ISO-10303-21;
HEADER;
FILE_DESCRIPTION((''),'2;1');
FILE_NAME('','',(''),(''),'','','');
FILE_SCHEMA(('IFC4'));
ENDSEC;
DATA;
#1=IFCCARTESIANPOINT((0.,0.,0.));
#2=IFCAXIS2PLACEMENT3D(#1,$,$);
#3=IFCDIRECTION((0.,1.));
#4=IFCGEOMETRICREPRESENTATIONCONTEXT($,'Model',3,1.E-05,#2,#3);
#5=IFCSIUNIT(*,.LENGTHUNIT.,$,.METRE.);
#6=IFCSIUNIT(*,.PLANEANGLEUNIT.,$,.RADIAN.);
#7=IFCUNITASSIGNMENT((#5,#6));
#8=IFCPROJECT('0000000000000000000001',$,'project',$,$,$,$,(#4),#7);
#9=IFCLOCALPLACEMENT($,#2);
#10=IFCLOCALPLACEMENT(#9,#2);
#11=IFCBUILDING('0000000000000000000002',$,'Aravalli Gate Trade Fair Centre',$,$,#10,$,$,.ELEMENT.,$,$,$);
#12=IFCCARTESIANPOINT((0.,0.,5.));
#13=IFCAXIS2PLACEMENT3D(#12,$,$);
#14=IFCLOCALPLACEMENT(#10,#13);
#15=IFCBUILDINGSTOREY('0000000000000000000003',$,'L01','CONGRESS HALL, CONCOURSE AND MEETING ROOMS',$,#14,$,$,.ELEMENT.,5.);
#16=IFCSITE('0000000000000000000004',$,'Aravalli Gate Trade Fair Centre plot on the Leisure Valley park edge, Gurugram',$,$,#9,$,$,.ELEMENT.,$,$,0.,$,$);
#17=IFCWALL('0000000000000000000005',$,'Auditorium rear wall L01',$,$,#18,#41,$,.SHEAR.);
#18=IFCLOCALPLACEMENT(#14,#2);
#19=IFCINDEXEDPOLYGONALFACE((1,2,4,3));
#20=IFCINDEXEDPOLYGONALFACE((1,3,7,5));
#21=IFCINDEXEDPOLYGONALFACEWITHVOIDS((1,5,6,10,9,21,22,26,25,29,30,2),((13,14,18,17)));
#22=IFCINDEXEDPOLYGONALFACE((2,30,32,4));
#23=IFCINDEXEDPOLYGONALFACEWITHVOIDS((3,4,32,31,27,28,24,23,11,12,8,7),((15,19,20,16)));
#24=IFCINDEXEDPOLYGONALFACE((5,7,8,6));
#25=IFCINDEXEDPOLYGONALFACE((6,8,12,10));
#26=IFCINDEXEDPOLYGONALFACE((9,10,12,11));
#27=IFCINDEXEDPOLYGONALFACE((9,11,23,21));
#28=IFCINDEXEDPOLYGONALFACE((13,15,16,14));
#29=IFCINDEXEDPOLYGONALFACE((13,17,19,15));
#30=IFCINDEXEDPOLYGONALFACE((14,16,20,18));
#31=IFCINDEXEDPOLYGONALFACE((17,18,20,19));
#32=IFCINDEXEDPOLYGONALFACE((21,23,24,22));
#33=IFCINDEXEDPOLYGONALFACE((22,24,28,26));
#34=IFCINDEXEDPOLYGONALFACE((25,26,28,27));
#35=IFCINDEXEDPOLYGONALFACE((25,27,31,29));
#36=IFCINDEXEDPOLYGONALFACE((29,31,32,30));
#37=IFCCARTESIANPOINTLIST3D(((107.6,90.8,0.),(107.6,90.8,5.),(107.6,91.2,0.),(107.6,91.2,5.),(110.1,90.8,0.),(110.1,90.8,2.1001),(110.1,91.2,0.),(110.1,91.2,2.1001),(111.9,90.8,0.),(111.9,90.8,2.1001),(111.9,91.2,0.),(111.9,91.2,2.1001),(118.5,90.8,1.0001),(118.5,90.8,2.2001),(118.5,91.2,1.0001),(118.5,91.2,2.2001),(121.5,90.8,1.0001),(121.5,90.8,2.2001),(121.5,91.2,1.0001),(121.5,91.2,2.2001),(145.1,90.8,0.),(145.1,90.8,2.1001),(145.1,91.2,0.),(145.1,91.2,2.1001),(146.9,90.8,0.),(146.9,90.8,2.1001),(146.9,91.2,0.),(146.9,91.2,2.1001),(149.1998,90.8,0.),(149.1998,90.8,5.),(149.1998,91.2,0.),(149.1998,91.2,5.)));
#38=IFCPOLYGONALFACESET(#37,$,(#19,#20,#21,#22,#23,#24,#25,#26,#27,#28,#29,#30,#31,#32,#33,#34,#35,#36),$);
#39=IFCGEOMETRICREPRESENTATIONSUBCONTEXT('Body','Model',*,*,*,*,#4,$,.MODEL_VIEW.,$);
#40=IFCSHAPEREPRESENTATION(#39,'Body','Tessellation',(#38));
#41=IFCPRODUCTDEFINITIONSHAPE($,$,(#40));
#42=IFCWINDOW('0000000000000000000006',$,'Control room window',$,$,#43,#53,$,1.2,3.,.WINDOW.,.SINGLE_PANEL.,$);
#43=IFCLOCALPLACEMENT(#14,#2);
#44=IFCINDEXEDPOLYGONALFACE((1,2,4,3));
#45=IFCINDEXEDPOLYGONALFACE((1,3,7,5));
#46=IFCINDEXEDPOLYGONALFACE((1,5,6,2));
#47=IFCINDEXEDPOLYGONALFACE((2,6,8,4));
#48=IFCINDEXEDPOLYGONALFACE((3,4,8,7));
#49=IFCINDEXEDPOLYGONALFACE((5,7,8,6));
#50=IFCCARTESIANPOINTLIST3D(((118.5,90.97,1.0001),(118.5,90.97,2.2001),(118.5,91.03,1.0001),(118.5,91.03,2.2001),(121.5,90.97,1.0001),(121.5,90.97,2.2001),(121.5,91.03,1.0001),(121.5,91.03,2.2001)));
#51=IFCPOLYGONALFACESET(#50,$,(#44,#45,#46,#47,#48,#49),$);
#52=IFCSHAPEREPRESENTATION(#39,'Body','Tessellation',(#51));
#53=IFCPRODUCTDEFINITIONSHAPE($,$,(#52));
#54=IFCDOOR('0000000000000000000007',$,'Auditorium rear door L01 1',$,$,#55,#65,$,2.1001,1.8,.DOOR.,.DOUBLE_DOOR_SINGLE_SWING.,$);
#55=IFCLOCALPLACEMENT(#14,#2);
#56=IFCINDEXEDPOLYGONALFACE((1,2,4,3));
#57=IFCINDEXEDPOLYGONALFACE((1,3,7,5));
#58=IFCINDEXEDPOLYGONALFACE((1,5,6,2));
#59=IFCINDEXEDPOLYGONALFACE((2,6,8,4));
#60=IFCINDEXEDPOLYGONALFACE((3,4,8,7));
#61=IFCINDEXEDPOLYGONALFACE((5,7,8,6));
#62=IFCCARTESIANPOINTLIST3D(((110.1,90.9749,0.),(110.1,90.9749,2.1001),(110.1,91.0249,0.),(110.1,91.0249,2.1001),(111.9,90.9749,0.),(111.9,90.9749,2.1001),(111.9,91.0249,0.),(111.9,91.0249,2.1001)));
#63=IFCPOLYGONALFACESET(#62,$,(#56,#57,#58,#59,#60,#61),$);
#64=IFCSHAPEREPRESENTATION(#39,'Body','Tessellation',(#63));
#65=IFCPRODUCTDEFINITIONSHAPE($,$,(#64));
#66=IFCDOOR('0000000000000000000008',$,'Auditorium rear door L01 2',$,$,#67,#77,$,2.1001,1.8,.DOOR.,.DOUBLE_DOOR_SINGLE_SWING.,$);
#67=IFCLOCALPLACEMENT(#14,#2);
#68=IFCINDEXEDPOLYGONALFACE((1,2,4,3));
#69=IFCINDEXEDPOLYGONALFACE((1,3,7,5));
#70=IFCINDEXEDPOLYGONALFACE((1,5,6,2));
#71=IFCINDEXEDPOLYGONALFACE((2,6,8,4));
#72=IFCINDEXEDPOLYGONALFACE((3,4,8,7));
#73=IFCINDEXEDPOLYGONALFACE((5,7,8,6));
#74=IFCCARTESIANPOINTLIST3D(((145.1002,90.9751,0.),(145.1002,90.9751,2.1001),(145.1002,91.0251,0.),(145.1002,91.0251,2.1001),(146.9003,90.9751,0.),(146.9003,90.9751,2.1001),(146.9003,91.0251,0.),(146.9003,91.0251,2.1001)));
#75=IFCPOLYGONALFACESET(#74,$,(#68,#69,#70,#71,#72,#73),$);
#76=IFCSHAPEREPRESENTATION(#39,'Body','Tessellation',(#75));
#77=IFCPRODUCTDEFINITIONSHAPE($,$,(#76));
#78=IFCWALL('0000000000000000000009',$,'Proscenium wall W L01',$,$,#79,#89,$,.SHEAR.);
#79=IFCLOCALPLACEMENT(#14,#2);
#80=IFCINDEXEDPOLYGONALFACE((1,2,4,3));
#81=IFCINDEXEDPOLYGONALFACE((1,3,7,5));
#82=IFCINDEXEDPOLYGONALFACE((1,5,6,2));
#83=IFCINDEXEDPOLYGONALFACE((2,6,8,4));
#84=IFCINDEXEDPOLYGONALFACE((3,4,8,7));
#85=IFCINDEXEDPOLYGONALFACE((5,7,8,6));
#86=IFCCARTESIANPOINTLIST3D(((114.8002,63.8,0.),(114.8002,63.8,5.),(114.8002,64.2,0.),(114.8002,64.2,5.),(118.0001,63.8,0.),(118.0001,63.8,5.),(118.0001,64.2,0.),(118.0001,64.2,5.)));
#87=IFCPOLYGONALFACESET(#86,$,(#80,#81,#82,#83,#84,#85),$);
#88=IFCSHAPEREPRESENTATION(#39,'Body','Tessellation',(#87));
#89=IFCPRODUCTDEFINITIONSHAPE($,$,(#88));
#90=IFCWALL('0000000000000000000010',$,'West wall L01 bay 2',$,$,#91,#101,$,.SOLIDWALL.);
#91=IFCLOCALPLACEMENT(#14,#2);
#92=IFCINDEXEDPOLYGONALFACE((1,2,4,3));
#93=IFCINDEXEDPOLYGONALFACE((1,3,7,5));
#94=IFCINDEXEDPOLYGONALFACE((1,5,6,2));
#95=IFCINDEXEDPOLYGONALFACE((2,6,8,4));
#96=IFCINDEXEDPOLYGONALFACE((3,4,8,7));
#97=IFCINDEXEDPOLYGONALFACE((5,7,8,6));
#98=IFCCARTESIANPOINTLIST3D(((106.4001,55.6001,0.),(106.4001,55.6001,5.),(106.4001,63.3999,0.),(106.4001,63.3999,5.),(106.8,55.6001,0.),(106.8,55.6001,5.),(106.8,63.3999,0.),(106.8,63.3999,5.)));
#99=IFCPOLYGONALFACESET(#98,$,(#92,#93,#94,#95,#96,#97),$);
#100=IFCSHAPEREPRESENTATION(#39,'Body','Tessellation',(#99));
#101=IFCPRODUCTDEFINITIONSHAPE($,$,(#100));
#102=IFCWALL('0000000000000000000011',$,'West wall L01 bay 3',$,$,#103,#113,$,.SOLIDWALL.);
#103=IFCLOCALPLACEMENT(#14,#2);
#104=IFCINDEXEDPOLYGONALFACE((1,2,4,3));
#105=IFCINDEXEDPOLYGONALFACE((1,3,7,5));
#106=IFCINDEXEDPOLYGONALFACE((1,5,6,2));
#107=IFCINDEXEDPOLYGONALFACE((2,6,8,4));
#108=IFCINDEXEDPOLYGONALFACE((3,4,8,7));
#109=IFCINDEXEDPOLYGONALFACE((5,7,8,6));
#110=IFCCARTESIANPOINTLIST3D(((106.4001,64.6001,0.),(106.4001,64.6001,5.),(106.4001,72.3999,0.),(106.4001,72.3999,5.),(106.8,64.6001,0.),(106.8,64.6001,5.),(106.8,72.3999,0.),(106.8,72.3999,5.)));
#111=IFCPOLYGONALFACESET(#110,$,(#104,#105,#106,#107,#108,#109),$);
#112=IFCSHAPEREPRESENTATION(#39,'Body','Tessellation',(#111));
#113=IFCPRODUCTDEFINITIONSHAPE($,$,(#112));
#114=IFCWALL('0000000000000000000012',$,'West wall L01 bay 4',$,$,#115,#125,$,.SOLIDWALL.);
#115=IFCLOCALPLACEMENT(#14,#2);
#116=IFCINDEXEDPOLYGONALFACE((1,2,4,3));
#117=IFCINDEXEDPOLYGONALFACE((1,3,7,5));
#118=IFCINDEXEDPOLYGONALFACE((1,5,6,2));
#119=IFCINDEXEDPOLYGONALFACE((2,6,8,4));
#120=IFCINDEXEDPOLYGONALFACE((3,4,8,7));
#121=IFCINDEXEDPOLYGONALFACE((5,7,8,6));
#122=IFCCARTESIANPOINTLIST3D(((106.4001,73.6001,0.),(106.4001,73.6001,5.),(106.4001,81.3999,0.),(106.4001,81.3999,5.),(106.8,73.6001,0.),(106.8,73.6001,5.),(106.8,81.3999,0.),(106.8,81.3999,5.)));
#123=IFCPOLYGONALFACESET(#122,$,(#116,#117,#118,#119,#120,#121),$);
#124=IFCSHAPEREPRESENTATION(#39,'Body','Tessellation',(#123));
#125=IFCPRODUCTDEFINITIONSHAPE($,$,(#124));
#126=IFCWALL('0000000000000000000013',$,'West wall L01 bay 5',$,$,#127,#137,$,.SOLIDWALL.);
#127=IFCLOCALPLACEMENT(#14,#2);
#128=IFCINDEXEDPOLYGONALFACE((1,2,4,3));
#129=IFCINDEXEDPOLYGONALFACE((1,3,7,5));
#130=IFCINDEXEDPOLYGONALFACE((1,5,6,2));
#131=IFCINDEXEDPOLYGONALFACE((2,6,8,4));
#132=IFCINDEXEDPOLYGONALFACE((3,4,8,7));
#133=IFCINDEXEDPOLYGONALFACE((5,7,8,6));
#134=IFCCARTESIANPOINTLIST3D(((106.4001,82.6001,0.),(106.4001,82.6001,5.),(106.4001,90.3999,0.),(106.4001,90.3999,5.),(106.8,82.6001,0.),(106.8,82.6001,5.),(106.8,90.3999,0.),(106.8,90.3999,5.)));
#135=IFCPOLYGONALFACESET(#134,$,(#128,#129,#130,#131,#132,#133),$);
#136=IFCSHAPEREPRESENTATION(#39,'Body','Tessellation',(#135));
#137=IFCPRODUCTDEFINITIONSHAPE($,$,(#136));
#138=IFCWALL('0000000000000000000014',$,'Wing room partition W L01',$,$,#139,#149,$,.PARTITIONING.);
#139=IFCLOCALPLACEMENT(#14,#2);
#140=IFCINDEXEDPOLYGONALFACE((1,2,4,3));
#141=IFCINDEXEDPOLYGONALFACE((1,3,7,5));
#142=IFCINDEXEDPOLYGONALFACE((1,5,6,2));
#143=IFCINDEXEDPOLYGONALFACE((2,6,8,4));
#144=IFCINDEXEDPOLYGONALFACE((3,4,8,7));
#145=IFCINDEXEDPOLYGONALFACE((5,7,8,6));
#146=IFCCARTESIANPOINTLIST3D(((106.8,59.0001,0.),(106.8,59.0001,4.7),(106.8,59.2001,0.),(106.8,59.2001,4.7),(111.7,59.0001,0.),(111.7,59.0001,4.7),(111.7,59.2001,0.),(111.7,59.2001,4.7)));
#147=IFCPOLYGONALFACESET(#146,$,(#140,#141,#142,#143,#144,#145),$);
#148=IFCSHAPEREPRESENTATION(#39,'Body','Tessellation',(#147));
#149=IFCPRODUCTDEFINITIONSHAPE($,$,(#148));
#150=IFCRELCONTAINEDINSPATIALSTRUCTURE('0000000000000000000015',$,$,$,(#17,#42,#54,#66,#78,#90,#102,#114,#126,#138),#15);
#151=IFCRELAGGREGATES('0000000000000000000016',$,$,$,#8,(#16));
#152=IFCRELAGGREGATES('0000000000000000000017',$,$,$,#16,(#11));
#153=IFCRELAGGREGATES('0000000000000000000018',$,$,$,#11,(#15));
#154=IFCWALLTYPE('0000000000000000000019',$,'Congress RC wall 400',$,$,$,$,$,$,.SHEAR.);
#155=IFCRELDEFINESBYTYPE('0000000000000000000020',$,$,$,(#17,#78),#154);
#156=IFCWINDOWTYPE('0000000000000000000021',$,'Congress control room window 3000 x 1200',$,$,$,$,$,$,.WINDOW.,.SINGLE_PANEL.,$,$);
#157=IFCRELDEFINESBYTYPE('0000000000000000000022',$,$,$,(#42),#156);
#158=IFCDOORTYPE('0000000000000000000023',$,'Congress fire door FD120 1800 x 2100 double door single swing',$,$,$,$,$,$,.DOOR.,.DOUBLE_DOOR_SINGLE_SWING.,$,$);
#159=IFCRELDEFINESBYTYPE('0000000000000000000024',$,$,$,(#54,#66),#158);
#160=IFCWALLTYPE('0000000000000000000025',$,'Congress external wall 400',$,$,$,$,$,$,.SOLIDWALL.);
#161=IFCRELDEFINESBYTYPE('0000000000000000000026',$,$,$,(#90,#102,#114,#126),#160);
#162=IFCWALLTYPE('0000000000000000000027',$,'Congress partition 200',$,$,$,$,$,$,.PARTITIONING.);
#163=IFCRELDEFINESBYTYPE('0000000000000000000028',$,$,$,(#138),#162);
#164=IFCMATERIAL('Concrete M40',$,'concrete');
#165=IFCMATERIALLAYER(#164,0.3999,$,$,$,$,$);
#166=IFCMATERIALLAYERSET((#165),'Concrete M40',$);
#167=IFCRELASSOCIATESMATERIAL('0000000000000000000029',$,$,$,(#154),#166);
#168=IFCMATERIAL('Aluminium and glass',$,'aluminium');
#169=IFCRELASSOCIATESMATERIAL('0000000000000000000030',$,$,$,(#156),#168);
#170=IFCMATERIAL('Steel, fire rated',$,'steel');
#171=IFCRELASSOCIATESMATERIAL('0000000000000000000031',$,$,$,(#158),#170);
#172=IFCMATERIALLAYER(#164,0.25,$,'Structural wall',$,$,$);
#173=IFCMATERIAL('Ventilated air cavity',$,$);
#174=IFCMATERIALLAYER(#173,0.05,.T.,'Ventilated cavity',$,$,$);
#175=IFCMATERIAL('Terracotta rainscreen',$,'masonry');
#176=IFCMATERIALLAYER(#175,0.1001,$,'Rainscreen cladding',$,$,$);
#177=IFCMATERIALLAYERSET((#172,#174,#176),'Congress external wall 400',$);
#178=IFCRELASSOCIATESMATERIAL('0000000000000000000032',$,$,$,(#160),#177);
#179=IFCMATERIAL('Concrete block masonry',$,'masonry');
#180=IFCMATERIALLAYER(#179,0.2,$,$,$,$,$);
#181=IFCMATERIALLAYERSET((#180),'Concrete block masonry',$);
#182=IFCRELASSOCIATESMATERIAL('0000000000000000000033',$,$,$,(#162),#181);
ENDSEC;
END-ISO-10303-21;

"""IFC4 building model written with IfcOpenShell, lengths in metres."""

from ifc_helpers import new_model, si_unit, direction, frame, frame_2d, origin, place, context, subcontext, project, spatial, rectangle, extrude, material, layer, layer_set, type_object, element, fill, save


model = new_model("IFC4")

# Units and contexts
model_context = context("Model", 3, precision=1e-05, world=origin(), true_north=direction((0.0, 1.0)))
body_context = subcontext(model_context, "Body", "Model", "MODEL_VIEW")
ifc_project = project(units=[si_unit("LENGTHUNIT", "METRE"), si_unit("PLANEANGLEUNIT", "RADIAN")], contexts=[model_context])

# Site, building, storey
site_placement = place(None, origin())
site = spatial("IfcSite", under=ifc_project, at=site_placement, Name="Aravalli Gate Trade Fair Centre plot on the Leisure Valley park edge, Gurugram", CompositionType="ELEMENT", RefElevation=0.0)
building_placement = place(site_placement, origin())
building = spatial("IfcBuilding", under=site, at=building_placement, Name="Aravalli Gate Trade Fair Centre", CompositionType="ELEMENT")
storey_placement = place(building_placement, frame((0.0, 0.0, 5.0)))
storey = spatial("IfcBuildingStorey", under=building, at=storey_placement, Name="L01", Description="CONGRESS HALL, CONCOURSE AND MEETING ROOMS", CompositionType="ELEMENT", Elevation=5.0)

# Shared definitions
ifc_material_1 = material(Name="Concrete M40", Category="concrete")

# Wall, openings, window, doors
ifc_layer_1 = layer(ifc_material_1, 0.3999)
ifc_layer_set_1 = layer_set([ifc_layer_1], Name="Concrete M40")
wall_type_1 = type_object("IfcWallType", Name="Congress RC wall 400", PredefinedType="SHEAR", material=ifc_layer_set_1)
wall_1_placement = place(storey_placement, frame((107.6001, 91.0, 0.0), z_axis=(0.0, 0.0, 1.0), x_axis=(1.0, 0.0, 0.0)))
wall_1 = element("IfcWall", 1, at=wall_1_placement, inside=storey, type_object=wall_type_1, Name="Auditorium rear wall L01", PredefinedType="SHEAR", context=body_context, shape_type="SweptSolid", body=[
    extrude(rectangle(XDim=41.5999, YDim=0.3999, at=frame_2d((20.7998, 0.0))), origin(), (0.0, 0.0, 1.0), 5.0),
])
opening_1_placement = place(wall_1_placement, frame((10.8999, 0.0, 1.0)))
opening_1 = element("IfcOpeningElement", 2, at=opening_1_placement, cuts=wall_1, PredefinedType="OPENING", context=body_context, shape_type="SweptSolid", body=[
    extrude(rectangle(XDim=3.0, YDim=1.2, at=frame_2d((1.5, 0.6001))), frame((0.0, 0.21, 0.0), z_axis=(0.0, -1.0, 0.0), x_axis=(1.0, 0.0, 0.0)), (0.0, 0.0, 1.0), 0.4199),
])
opening_2_placement = place(wall_1_placement, frame((2.5, 0.0, 0.0)))
opening_2 = element("IfcOpeningElement", 3, at=opening_2_placement, cuts=wall_1, PredefinedType="OPENING", context=body_context, shape_type="SweptSolid", body=[
    extrude(rectangle(XDim=1.8, YDim=2.1001, at=frame_2d((0.8999, 1.05))), frame((0.0, 0.21, 0.0), z_axis=(0.0, -1.0, 0.0), x_axis=(1.0, 0.0, 0.0)), (0.0, 0.0, 1.0), 0.4199),
])
opening_3_placement = place(wall_1_placement, frame((37.5, 0.0, 0.0)))
opening_3 = element("IfcOpeningElement", 4, at=opening_3_placement, cuts=wall_1, PredefinedType="OPENING", context=body_context, shape_type="SweptSolid", body=[
    extrude(rectangle(XDim=1.8, YDim=2.1001, at=frame_2d((0.8999, 1.05))), frame((0.0, 0.21, 0.0), z_axis=(0.0, -1.0, 0.0), x_axis=(1.0, 0.0, 0.0)), (0.0, 0.0, 1.0), 0.4199),
])
ifc_material_2 = material(Name="Aluminium and glass", Category="aluminium")
window_type = type_object("IfcWindowType", Name="Congress control room window 3000 x 1200", PartitioningType="SINGLE_PANEL", PredefinedType="WINDOW", material=ifc_material_2)
window_placement = place(opening_1_placement, origin())
window = element("IfcWindow", 5, at=window_placement, inside=storey, type_object=window_type, Name="Control room window", OverallHeight=1.2, OverallWidth=3.0, PartitioningType="SINGLE_PANEL", PredefinedType="WINDOW", context=body_context, shape_type="SweptSolid", body=[
    extrude(rectangle(XDim=3.0, YDim=1.2, at=frame_2d((1.5, 0.6001))), frame((0.0, 0.03, 0.0), z_axis=(0.0, -1.0, 0.0), x_axis=(1.0, 0.0, 0.0)), (0.0, 0.0, 1.0), 0.0601),
])
fill(opening_1, window)
ifc_material_3 = material(Name="Steel, fire rated", Category="steel")
door_type = type_object("IfcDoorType", Name="Congress fire door FD120 1800 x 2100 double door single swing", OperationType="DOUBLE_DOOR_SINGLE_SWING", PredefinedType="DOOR", material=ifc_material_3)
door_1_placement = place(opening_2_placement, origin())
door_1 = element("IfcDoor", 6, at=door_1_placement, inside=storey, type_object=door_type, Name="Auditorium rear door L01 1", OperationType="DOUBLE_DOOR_SINGLE_SWING", OverallHeight=2.1001, OverallWidth=1.8, PredefinedType="DOOR", context=body_context, shape_type="SweptSolid", body=[
    extrude(rectangle(XDim=1.8, YDim=2.1001, at=frame_2d((0.8999, 1.05))), frame((0.0, 0.0249, 0.0), z_axis=(0.0, -1.0, 0.0), x_axis=(1.0, 0.0, 0.0)), (0.0, 0.0, 1.0), 0.05),
])
fill(opening_2, door_1)
door_2_placement = place(opening_3_placement, frame((1.8, 0.0, 0.0), z_axis=(0.0, 0.0, 1.0), x_axis=(-1.0, 0.0, 0.0)))
door_2 = element("IfcDoor", 7, at=door_2_placement, inside=storey, type_object=door_type, Name="Auditorium rear door L01 2", OperationType="DOUBLE_DOOR_SINGLE_SWING", OverallHeight=2.1001, OverallWidth=1.8, PredefinedType="DOOR", context=body_context, shape_type="SweptSolid", body=[
    extrude(rectangle(XDim=1.8, YDim=2.1001, at=frame_2d((0.8999, 1.05))), frame((0.0, 0.0249, 0.0), z_axis=(0.0, -1.0, 0.0), x_axis=(1.0, 0.0, 0.0)), (0.0, 0.0, 1.0), 0.05),
])
fill(opening_3, door_2)

# Walls
wall_2_placement = place(storey_placement, frame((114.8, 64.0, 0.0), z_axis=(0.0, 0.0, 1.0), x_axis=(1.0, 0.0, 0.0)))
element("IfcWall", 8, at=wall_2_placement, inside=storey, type_object=wall_type_1, Name="Proscenium wall W L01", PredefinedType="SHEAR", context=body_context, shape_type="SweptSolid", body=[
    extrude(rectangle(XDim=3.2, YDim=0.3999, at=frame_2d((1.6001, 0.0))), origin(), (0.0, 0.0, 1.0), 5.0),
])
ifc_layer_2 = layer(ifc_material_1, 0.25, Name="Structural wall")
ifc_material_4 = material(Name="Ventilated air cavity")
ifc_layer_3 = layer(ifc_material_4, 0.05, ventilated=True, Name="Ventilated cavity")
ifc_material_5 = material(Name="Terracotta rainscreen", Category="masonry")
ifc_layer_4 = layer(ifc_material_5, 0.1001, Name="Rainscreen cladding")
ifc_layer_set_2 = layer_set([ifc_layer_2, ifc_layer_3, ifc_layer_4], Name="Congress external wall 400")
wall_type_2 = type_object("IfcWallType", Name="Congress external wall 400", PredefinedType="SOLIDWALL", material=ifc_layer_set_2)
for number, where, z_axis, x_axis, name in (
    (9, (106.6001, 55.6001, 0.0), (0.0, 0.0, 1.0), (0.0, 1.0, 0.0), "West wall L01 bay 2"),
    (10, (106.6001, 64.6001, 0.0), (0.0, 0.0, 1.0), (0.0, 1.0, 0.0), "West wall L01 bay 3"),
    (11, (106.6001, 73.6001, 0.0), (0.0, 0.0, 1.0), (0.0, 1.0, 0.0), "West wall L01 bay 4"),
    (12, (106.6001, 82.6001, 0.0), (0.0, 0.0, 1.0), (0.0, 1.0, 0.0), "West wall L01 bay 5"),
):
    element("IfcWall", number, at=place(storey_placement, frame(where, z_axis=z_axis, x_axis=x_axis)), inside=storey, type_object=wall_type_2, Name=name, PredefinedType="SOLIDWALL", context=body_context, shape_type="SweptSolid", body=[
        extrude(rectangle(XDim=7.7998, YDim=0.3999, at=frame_2d((3.8999, 0.0))), origin(), (0.0, 0.0, 1.0), 5.0),
    ])
ifc_material_6 = material(Name="Concrete block masonry", Category="masonry")
ifc_layer_5 = layer(ifc_material_6, 0.2)
ifc_layer_set_3 = layer_set([ifc_layer_5], Name="Concrete block masonry")
wall_type_3 = type_object("IfcWallType", Name="Congress partition 200", PredefinedType="PARTITIONING", material=ifc_layer_set_3)
wall_3_placement = place(storey_placement, frame((106.8, 59.1001, 0.0), z_axis=(0.0, 0.0, 1.0), x_axis=(1.0, 0.0, 0.0)))
element("IfcWall", 13, at=wall_3_placement, inside=storey, type_object=wall_type_3, Name="Wing room partition W L01", PredefinedType="PARTITIONING", context=body_context, shape_type="SweptSolid", body=[
    extrude(rectangle(XDim=4.8999, YDim=0.2, at=frame_2d((2.45, 0.0))), origin(), (0.0, 0.0, 1.0), 4.7),
])

save(model, "model.ifc")
